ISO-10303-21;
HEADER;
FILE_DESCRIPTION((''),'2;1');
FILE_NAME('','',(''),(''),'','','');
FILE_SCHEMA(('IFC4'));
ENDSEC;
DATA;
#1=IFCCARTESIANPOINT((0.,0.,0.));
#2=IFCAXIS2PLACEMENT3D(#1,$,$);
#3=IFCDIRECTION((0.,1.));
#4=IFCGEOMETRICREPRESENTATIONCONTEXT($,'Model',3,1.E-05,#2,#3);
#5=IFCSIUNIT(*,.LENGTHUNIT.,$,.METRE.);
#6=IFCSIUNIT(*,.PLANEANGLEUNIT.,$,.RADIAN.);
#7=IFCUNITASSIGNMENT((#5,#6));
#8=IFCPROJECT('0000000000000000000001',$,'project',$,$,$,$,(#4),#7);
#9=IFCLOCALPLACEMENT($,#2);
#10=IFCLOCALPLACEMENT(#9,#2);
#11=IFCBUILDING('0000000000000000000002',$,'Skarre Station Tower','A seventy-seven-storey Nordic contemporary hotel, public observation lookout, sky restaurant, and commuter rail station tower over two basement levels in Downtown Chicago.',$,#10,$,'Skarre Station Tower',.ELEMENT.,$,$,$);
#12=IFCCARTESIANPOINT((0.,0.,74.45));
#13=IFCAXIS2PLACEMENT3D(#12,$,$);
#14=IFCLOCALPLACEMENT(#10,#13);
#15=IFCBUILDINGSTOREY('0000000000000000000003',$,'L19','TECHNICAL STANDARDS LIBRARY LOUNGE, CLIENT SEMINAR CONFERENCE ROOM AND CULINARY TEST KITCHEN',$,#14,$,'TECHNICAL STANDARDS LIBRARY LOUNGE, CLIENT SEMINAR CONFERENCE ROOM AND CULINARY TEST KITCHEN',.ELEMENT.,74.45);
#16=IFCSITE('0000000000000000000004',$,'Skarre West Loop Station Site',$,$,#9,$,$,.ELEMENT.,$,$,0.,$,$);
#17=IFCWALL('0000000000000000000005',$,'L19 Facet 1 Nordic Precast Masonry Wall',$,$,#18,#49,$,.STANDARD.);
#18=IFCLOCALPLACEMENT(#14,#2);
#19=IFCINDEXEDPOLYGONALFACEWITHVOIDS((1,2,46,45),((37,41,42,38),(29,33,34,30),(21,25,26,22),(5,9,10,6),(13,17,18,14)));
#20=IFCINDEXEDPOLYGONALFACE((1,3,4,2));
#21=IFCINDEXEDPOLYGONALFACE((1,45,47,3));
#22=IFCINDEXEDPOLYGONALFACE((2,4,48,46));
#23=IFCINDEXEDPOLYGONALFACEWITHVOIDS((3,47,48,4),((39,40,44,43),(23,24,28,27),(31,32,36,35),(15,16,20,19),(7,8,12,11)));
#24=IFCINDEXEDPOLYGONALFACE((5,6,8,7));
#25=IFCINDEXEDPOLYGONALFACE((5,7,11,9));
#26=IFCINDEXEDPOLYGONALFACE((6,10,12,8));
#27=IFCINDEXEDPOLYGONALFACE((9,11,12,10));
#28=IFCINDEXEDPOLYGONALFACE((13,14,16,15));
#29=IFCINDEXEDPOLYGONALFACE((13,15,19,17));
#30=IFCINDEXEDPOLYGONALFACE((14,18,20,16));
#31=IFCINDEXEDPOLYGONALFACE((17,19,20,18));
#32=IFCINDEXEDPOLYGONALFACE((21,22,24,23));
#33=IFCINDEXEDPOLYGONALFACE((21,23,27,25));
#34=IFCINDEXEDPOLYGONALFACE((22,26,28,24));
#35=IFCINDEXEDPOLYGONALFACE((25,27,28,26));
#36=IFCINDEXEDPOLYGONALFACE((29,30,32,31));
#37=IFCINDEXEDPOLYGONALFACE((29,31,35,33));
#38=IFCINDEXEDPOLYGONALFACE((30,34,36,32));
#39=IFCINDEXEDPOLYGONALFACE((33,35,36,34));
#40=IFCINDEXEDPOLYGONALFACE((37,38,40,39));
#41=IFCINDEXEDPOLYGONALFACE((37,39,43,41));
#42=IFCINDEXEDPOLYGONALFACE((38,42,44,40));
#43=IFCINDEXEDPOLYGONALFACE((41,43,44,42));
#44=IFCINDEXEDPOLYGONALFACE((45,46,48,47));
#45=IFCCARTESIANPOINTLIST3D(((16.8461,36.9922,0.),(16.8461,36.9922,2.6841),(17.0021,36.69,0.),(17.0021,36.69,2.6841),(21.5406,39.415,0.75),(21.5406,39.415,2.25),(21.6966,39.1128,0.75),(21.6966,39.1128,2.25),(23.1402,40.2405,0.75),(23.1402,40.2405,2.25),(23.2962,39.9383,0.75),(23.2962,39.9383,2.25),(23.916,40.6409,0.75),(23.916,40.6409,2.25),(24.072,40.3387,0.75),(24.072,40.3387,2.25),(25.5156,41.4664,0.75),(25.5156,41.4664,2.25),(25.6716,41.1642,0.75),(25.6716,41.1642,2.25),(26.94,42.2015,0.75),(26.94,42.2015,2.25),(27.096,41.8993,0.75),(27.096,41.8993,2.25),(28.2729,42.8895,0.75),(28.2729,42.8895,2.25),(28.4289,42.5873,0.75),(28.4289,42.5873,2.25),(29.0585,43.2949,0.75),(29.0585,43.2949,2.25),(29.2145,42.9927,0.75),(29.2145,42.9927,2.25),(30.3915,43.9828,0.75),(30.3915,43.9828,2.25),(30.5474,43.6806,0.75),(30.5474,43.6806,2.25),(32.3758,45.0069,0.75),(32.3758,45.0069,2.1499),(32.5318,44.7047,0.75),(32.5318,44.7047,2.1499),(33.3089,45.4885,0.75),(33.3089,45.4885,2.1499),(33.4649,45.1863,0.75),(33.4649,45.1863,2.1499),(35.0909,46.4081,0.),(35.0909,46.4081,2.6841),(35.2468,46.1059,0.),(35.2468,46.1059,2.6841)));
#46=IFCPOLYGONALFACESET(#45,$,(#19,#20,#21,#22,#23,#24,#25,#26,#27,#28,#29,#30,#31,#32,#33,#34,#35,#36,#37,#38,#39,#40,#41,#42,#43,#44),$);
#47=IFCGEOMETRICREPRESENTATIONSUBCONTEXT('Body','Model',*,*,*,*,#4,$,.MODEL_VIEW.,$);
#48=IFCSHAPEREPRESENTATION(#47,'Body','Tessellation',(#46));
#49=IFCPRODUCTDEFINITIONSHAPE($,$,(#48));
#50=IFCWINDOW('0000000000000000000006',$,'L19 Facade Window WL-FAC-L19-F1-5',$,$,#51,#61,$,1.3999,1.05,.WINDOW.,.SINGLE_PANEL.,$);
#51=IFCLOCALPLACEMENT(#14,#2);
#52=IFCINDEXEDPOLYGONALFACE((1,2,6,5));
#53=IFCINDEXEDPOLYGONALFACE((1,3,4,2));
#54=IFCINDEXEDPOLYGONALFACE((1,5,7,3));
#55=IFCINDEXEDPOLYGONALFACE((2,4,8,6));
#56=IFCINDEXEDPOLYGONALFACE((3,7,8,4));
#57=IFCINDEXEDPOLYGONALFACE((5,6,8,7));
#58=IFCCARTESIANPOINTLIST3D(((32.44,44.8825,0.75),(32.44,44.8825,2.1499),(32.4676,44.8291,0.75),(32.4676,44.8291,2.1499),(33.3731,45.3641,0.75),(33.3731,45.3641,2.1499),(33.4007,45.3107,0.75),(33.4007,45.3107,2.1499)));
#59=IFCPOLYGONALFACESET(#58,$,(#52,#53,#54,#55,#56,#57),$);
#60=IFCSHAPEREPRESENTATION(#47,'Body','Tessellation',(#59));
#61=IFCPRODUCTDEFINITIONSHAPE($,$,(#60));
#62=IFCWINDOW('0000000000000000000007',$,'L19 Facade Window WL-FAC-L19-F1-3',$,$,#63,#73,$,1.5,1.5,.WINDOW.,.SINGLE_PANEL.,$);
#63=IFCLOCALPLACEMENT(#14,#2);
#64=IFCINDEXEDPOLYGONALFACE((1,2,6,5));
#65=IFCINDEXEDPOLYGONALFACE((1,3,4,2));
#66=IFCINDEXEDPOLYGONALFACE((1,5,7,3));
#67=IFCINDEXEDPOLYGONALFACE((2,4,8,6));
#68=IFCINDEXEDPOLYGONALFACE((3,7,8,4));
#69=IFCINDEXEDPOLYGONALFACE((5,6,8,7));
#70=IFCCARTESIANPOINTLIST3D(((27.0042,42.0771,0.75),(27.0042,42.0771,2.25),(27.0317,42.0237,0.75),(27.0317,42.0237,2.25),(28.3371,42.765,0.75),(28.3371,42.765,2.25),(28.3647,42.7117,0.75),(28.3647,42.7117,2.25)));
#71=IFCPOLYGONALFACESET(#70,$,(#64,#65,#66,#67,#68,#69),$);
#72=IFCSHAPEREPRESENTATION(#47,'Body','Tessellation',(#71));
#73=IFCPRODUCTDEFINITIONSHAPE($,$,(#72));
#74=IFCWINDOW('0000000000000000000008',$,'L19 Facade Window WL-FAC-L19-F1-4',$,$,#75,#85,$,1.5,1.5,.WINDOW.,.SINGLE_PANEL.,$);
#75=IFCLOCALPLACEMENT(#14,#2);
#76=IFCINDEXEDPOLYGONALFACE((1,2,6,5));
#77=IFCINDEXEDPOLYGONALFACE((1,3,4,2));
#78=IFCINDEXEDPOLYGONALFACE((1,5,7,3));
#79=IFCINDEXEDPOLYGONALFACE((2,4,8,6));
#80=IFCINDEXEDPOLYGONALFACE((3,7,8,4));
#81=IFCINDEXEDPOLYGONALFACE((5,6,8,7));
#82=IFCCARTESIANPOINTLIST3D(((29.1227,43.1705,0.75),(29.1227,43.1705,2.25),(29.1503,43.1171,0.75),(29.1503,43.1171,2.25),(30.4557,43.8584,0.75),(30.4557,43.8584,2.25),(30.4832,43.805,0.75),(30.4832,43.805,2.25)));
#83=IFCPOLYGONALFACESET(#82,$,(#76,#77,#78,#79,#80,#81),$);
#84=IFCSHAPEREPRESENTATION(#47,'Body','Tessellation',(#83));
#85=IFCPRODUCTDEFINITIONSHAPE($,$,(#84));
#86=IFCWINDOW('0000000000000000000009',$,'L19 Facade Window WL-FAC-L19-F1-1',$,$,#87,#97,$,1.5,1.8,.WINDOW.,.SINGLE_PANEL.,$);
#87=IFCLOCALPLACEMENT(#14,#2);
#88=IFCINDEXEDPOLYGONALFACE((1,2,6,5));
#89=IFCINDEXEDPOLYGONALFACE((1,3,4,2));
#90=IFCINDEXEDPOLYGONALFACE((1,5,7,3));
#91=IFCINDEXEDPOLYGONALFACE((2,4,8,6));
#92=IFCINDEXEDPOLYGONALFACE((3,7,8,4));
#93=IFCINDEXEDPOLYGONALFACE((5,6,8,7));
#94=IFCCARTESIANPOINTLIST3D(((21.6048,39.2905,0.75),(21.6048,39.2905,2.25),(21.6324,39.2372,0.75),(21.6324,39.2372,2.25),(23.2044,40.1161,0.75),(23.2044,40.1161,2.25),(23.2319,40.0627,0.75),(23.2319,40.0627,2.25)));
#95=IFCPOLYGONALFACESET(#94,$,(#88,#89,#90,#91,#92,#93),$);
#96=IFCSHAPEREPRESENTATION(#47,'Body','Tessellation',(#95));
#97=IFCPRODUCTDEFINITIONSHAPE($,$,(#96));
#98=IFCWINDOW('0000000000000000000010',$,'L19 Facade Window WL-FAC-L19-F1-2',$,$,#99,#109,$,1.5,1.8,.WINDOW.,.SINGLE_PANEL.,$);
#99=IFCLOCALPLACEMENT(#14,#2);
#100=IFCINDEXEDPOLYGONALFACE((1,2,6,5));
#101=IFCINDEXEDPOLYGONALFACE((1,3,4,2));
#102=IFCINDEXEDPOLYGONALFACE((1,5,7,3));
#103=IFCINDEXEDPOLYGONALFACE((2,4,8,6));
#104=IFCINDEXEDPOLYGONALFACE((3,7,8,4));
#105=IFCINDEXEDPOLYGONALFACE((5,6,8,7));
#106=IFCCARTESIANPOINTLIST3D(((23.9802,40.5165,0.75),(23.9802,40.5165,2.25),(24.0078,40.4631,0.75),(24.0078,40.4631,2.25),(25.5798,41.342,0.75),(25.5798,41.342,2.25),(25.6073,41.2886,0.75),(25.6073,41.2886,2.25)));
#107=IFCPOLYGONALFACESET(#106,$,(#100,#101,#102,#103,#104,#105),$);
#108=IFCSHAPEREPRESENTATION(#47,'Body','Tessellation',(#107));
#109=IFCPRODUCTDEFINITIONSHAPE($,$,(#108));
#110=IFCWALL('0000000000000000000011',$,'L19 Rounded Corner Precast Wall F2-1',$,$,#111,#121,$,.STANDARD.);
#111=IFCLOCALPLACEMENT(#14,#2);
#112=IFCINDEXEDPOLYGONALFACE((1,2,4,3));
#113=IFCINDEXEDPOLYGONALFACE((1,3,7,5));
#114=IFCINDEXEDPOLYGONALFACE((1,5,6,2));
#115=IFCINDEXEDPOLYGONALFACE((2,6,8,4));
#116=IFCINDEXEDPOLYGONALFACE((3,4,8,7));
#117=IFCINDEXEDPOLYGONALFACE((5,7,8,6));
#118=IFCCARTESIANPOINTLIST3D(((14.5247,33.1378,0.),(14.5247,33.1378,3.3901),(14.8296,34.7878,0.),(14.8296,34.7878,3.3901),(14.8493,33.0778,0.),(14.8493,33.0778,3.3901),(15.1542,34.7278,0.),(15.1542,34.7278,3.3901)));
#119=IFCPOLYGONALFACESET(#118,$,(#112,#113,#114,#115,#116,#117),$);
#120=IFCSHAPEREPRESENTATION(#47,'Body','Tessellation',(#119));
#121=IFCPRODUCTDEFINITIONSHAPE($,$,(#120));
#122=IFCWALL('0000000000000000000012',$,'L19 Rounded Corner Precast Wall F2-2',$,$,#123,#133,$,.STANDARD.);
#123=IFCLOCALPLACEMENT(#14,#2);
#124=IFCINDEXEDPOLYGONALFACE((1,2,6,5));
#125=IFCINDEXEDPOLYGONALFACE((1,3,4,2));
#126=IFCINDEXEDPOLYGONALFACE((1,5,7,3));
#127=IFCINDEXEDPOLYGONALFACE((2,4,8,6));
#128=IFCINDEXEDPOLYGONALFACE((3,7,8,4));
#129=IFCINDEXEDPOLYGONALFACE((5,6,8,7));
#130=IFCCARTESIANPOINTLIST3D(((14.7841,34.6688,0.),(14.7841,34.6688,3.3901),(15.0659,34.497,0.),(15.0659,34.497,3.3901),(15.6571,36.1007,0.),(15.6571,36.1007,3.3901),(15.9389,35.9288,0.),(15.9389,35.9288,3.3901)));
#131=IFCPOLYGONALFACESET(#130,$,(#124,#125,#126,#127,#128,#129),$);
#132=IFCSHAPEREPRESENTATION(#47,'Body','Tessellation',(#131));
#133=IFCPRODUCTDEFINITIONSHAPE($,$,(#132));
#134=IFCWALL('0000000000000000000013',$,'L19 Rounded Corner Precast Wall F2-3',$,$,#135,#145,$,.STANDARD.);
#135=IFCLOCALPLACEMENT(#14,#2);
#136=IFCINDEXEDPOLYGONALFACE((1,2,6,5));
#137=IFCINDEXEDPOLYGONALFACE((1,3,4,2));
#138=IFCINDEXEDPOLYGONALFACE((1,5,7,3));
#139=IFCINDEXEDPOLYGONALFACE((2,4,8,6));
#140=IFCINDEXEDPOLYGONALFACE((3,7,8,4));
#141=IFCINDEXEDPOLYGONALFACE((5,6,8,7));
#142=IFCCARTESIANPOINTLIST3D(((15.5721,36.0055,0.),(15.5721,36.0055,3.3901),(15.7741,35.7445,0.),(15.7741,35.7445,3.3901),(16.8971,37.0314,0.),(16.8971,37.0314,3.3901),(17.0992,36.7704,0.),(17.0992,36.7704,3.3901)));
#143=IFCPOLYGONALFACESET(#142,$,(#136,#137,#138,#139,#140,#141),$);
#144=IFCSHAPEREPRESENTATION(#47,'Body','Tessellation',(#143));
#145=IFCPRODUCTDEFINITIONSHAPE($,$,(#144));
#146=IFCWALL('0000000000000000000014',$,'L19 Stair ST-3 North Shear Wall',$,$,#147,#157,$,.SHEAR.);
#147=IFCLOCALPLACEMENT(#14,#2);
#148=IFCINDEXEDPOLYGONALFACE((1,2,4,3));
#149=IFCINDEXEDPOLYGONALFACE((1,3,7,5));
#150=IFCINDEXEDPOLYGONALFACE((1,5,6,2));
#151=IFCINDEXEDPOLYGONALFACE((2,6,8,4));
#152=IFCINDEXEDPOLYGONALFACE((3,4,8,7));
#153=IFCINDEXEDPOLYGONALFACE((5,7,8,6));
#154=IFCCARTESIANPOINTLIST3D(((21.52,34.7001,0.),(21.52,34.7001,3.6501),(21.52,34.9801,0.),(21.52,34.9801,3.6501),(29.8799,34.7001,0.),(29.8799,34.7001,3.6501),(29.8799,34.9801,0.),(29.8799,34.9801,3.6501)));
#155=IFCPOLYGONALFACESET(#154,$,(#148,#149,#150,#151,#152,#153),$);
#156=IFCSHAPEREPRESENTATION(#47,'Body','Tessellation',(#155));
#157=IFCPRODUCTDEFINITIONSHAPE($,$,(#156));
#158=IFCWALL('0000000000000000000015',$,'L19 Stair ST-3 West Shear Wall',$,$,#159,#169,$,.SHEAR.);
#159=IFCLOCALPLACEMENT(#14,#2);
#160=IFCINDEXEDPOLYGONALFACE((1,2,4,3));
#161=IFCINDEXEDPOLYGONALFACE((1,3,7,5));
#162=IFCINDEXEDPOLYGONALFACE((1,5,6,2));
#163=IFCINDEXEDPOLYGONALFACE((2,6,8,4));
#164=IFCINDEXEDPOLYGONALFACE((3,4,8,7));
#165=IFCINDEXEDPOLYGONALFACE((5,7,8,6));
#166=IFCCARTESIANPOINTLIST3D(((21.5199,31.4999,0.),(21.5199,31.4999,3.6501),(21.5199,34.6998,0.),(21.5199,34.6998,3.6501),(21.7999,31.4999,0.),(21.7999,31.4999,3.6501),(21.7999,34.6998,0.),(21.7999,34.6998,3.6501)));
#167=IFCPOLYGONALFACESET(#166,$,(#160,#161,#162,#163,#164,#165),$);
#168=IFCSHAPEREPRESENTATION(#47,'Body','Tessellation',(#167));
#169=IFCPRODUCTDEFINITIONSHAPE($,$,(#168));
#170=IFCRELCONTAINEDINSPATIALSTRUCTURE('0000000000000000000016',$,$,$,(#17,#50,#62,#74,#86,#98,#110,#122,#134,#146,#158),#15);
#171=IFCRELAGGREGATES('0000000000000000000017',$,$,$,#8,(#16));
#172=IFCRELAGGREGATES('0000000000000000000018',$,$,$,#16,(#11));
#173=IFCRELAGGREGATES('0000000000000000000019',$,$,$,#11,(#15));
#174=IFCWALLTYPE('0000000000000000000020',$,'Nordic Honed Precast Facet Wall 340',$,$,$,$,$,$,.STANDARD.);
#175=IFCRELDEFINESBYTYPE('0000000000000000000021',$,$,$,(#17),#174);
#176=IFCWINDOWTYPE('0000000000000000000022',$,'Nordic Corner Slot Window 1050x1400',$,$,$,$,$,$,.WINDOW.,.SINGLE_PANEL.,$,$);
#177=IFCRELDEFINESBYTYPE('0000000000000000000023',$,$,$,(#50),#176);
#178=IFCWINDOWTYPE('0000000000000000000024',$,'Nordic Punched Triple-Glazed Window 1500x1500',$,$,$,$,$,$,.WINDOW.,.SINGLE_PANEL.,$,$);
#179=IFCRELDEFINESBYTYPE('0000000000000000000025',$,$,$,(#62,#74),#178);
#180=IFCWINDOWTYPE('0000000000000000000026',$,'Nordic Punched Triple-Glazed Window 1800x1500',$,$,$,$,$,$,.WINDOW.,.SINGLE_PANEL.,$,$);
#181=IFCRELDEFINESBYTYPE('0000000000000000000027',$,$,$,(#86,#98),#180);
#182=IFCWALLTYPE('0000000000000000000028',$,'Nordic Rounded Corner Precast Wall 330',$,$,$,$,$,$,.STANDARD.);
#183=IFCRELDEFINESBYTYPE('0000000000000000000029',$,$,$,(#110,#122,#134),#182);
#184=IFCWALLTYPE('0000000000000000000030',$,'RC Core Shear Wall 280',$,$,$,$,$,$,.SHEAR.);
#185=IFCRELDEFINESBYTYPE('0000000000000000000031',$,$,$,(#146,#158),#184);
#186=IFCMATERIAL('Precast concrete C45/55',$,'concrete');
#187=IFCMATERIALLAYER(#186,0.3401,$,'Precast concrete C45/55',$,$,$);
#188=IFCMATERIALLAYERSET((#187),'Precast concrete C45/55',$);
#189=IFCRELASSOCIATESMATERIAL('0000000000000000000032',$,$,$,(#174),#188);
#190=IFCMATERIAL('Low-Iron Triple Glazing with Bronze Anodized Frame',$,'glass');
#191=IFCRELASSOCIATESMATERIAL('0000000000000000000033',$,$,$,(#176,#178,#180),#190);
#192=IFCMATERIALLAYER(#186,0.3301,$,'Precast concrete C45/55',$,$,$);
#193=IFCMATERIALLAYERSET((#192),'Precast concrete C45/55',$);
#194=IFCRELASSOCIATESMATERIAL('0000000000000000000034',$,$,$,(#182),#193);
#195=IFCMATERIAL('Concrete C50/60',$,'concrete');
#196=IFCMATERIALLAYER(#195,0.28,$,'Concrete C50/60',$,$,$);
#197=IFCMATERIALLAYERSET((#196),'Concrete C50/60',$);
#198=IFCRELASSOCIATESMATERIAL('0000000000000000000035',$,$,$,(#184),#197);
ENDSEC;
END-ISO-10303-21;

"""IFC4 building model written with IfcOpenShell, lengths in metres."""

from ifc_helpers import new_model, si_unit, direction, frame, frame_2d, origin, place, context, subcontext, project, spatial, rectangle, extrude, material, layer, layer_set, type_object, element, fill, save


model = new_model("IFC4")

# Units and contexts
model_context = context("Model", 3, precision=1e-05, world=origin(), true_north=direction((0.0, 1.0)))
body_context = subcontext(model_context, "Body", "Model", "MODEL_VIEW")
ifc_project = project(units=[si_unit("LENGTHUNIT", "METRE"), si_unit("PLANEANGLEUNIT", "RADIAN")], contexts=[model_context])

# Site, building, storey
site_placement = place(None, origin())
site = spatial("IfcSite", under=ifc_project, at=site_placement, Name="Skarre West Loop Station Site", CompositionType="ELEMENT", RefElevation=0.0)
building_placement = place(site_placement, origin())
building = spatial("IfcBuilding", under=site, at=building_placement, Name="Skarre Station Tower", Description="A seventy-seven-storey Nordic contemporary hotel, public observation lookout, sky restaurant, and commuter rail station tower over two basement levels in Downtown Chicago.", LongName="Skarre Station Tower", CompositionType="ELEMENT")
storey_placement = place(building_placement, frame((0.0, 0.0, 74.45)))
storey = spatial("IfcBuildingStorey", under=building, at=storey_placement, Name="L19", Description="TECHNICAL STANDARDS LIBRARY LOUNGE, CLIENT SEMINAR CONFERENCE ROOM AND CULINARY TEST KITCHEN", LongName="TECHNICAL STANDARDS LIBRARY LOUNGE, CLIENT SEMINAR CONFERENCE ROOM AND CULINARY TEST KITCHEN", CompositionType="ELEMENT", Elevation=74.45)

# Wall, openings, windows
ifc_material_1 = material(Name="Precast concrete C45/55", Category="concrete")
ifc_layer_1 = layer(ifc_material_1, 0.3401, Name="Precast concrete C45/55")
ifc_layer_set_1 = layer_set([ifc_layer_1], Name="Precast concrete C45/55")
wall_type_1 = type_object("IfcWallType", Name="Nordic Honed Precast Facet Wall 340", PredefinedType="STANDARD", material=ifc_layer_set_1)
wall_1_placement = place(storey_placement, frame((16.9241, 36.8411, 0.0), z_axis=(0.0, 0.0, 1.0), x_axis=(0.888634, 0.458616, 0.0)))
wall_1 = element("IfcWall", 1, at=wall_1_placement, inside=storey, type_object=wall_type_1, Name="L19 Facet 1 Nordic Precast Masonry Wall", PredefinedType="STANDARD", context=body_context, shape_type="SweptSolid", body=[
    extrude(rectangle(XDim=20.5312, YDim=0.3401, at=frame_2d((10.2656, 0.0))), origin(), (0.0, 0.0, 1.0), 2.6841),
])
opening_1_placement = place(wall_1_placement, frame((5.283, 0.0, 0.75)))
opening_1 = element("IfcOpeningElement", 2, at=opening_1_placement, cuts=wall_1, PredefinedType="OPENING", context=body_context, shape_type="SweptSolid", body=[
    extrude(rectangle(XDim=1.8, YDim=1.5, at=frame_2d((0.8999, 0.75))), frame((0.0, 0.1799, 0.0), z_axis=(0.0, -1.0, 0.0), x_axis=(1.0, 0.0, 0.0)), (0.0, 0.0, 1.0), 0.3601),
])
opening_2_placement = place(wall_1_placement, frame((7.9561, 0.0, 0.75)))
opening_2 = element("IfcOpeningElement", 3, at=opening_2_placement, cuts=wall_1, PredefinedType="OPENING", context=body_context, shape_type="SweptSolid", body=[
    extrude(rectangle(XDim=1.8, YDim=1.5, at=frame_2d((0.8999, 0.75))), frame((0.0, 0.1799, 0.0), z_axis=(0.0, -1.0, 0.0), x_axis=(1.0, 0.0, 0.0)), (0.0, 0.0, 1.0), 0.3601),
])
opening_3_placement = place(wall_1_placement, frame((11.3589, 0.0, 0.75)))
opening_3 = element("IfcOpeningElement", 4, at=opening_3_placement, cuts=wall_1, PredefinedType="OPENING", context=body_context, shape_type="SweptSolid", body=[
    extrude(rectangle(XDim=1.5, YDim=1.5, at=frame_2d((0.75, 0.75))), frame((0.0, 0.1799, 0.0), z_axis=(0.0, -1.0, 0.0), x_axis=(1.0, 0.0, 0.0)), (0.0, 0.0, 1.0), 0.3601),
])
opening_4_placement = place(wall_1_placement, frame((13.7429, 0.0, 0.75)))
opening_4 = element("IfcOpeningElement", 5, at=opening_4_placement, cuts=wall_1, PredefinedType="OPENING", context=body_context, shape_type="SweptSolid", body=[
    extrude(rectangle(XDim=1.5, YDim=1.5, at=frame_2d((0.75, 0.75))), frame((0.0, 0.1799, 0.0), z_axis=(0.0, -1.0, 0.0), x_axis=(1.0, 0.0, 0.0)), (0.0, 0.0, 1.0), 0.3601),
])
opening_5_placement = place(wall_1_placement, frame((17.4761, 0.0, 0.75)))
opening_5 = element("IfcOpeningElement", 6, at=opening_5_placement, cuts=wall_1, PredefinedType="OPENING", context=body_context, shape_type="SweptSolid", body=[
    extrude(rectangle(XDim=1.05, YDim=1.3999, at=frame_2d((0.5249, 0.7))), frame((0.0, 0.1799, 0.0), z_axis=(0.0, -1.0, 0.0), x_axis=(1.0, 0.0, 0.0)), (0.0, 0.0, 1.0), 0.3601),
])
ifc_material_2 = material(Name="Low-Iron Triple Glazing with Bronze Anodized Frame", Category="glass")
window_type_1 = type_object("IfcWindowType", Name="Nordic Corner Slot Window 1050x1400", PartitioningType="SINGLE_PANEL", PredefinedType="WINDOW", material=ifc_material_2)
window_1_placement = place(opening_5_placement, origin())
window_1 = element("IfcWindow", 7, at=window_1_placement, inside=storey, type_object=window_type_1, Name="L19 Facade Window WL-FAC-L19-F1-5", OverallHeight=1.3999, OverallWidth=1.05, PartitioningType="SINGLE_PANEL", PredefinedType="WINDOW", context=body_context, shape_type="SweptSolid", body=[
    extrude(rectangle(XDim=1.05, YDim=1.3999, at=frame_2d((0.5249, 0.7))), frame((0.0, 0.03, 0.0), z_axis=(0.0, -1.0, 0.0), x_axis=(1.0, 0.0, 0.0)), (0.0, 0.0, 1.0), 0.0601),
])
fill(opening_5, window_1)
window_type_2 = type_object("IfcWindowType", Name="Nordic Punched Triple-Glazed Window 1500x1500", PartitioningType="SINGLE_PANEL", PredefinedType="WINDOW", material=ifc_material_2)
window_2_placement = place(opening_3_placement, origin())
window_2 = element("IfcWindow", 8, at=window_2_placement, inside=storey, type_object=window_type_2, Name="L19 Facade Window WL-FAC-L19-F1-3", OverallHeight=1.5, OverallWidth=1.5, PartitioningType="SINGLE_PANEL", PredefinedType="WINDOW", context=body_context, shape_type="SweptSolid", body=[
    extrude(rectangle(XDim=1.5, YDim=1.5, at=frame_2d((0.75, 0.75))), frame((0.0, 0.03, 0.0), z_axis=(0.0, -1.0, 0.0), x_axis=(1.0, 0.0, 0.0)), (0.0, 0.0, 1.0), 0.0601),
])
fill(opening_3, window_2)
window_3_placement = place(opening_4_placement, origin())
window_3 = element("IfcWindow", 9, at=window_3_placement, inside=storey, type_object=window_type_2, Name="L19 Facade Window WL-FAC-L19-F1-4", OverallHeight=1.5, OverallWidth=1.5, PartitioningType="SINGLE_PANEL", PredefinedType="WINDOW", context=body_context, shape_type="SweptSolid", body=[
    extrude(rectangle(XDim=1.5, YDim=1.5, at=frame_2d((0.75, 0.75))), frame((0.0, 0.03, 0.0), z_axis=(0.0, -1.0, 0.0), x_axis=(1.0, 0.0, 0.0)), (0.0, 0.0, 1.0), 0.0601),
])
fill(opening_4, window_3)
window_type_3 = type_object("IfcWindowType", Name="Nordic Punched Triple-Glazed Window 1800x1500", PartitioningType="SINGLE_PANEL", PredefinedType="WINDOW", material=ifc_material_2)
window_4_placement = place(opening_1_placement, origin())
window_4 = element("IfcWindow", 10, at=window_4_placement, inside=storey, type_object=window_type_3, Name="L19 Facade Window WL-FAC-L19-F1-1", OverallHeight=1.5, OverallWidth=1.8, PartitioningType="SINGLE_PANEL", PredefinedType="WINDOW", context=body_context, shape_type="SweptSolid", body=[
    extrude(rectangle(XDim=1.8, YDim=1.5, at=frame_2d((0.8999, 0.75))), frame((0.0, 0.03, 0.0), z_axis=(0.0, -1.0, 0.0), x_axis=(1.0, 0.0, 0.0)), (0.0, 0.0, 1.0), 0.0601),
])
fill(opening_1, window_4)
window_5_placement = place(opening_2_placement, origin())
window_5 = element("IfcWindow", 11, at=window_5_placement, inside=storey, type_object=window_type_3, Name="L19 Facade Window WL-FAC-L19-F1-2", OverallHeight=1.5, OverallWidth=1.8, PartitioningType="SINGLE_PANEL", PredefinedType="WINDOW", context=body_context, shape_type="SweptSolid", body=[
    extrude(rectangle(XDim=1.8, YDim=1.5, at=frame_2d((0.8999, 0.75))), frame((0.0, 0.03, 0.0), z_axis=(0.0, -1.0, 0.0), x_axis=(1.0, 0.0, 0.0)), (0.0, 0.0, 1.0), 0.0601),
])
fill(opening_2, window_5)

# Walls
ifc_layer_2 = layer(ifc_material_1, 0.3301, Name="Precast concrete C45/55")
ifc_layer_set_2 = layer_set([ifc_layer_2], Name="Precast concrete C45/55")
wall_type_2 = type_object("IfcWallType", Name="Nordic Rounded Corner Precast Wall 330", PredefinedType="STANDARD", material=ifc_layer_set_2)
wall_2_placement = place(storey_placement, frame((14.687, 33.1079, 0.0), z_axis=(0.0, 0.0, 1.0), x_axis=(0.181714, 0.983351, 0.0)))
element("IfcWall", 12, at=wall_2_placement, inside=storey, type_object=wall_type_2, Name="L19 Rounded Corner Precast Wall F2-1", PredefinedType="STANDARD", context=body_context, shape_type="SweptSolid", body=[
    extrude(rectangle(XDim=1.678, YDim=0.3301, at=frame_2d((0.8389, 0.0))), origin(), (0.0, 0.0, 1.0), 3.3901),
])
wall_3_placement = place(storey_placement, frame((14.925, 34.583, 0.0), z_axis=(0.0, 0.0, 1.0), x_axis=(0.520584, 0.85381, 0.0)))
element("IfcWall", 13, at=wall_3_placement, inside=storey, type_object=wall_type_2, Name="L19 Rounded Corner Precast Wall F2-2", PredefinedType="STANDARD", context=body_context, shape_type="SweptSolid", body=[
    extrude(rectangle(XDim=1.677, YDim=0.3301, at=frame_2d((0.8384, 0.0))), origin(), (0.0, 0.0, 1.0), 3.3901),
])
wall_4_placement = place(storey_placement, frame((15.6731, 35.875, 0.0), z_axis=(0.0, 0.0, 1.0), x_axis=(0.790692, 0.612214, 0.0)))
element("IfcWall", 14, at=wall_4_placement, inside=storey, type_object=wall_type_2, Name="L19 Rounded Corner Precast Wall F2-3", PredefinedType="STANDARD", context=body_context, shape_type="SweptSolid", body=[
    extrude(rectangle(XDim=1.6758, YDim=0.3301, at=frame_2d((0.8379, 0.0))), origin(), (0.0, 0.0, 1.0), 3.3901),
])
ifc_material_3 = material(Name="Concrete C50/60", Category="concrete")
ifc_layer_3 = layer(ifc_material_3, 0.28, Name="Concrete C50/60")
ifc_layer_set_3 = layer_set([ifc_layer_3], Name="Concrete C50/60")
wall_type_3 = type_object("IfcWallType", Name="RC Core Shear Wall 280", PredefinedType="SHEAR", material=ifc_layer_set_3)
wall_5_placement = place(storey_placement, frame((29.8799, 34.8401, 0.0), z_axis=(0.0, 0.0, 1.0), x_axis=(-1.0, 0.0, 0.0)))
element("IfcWall", 15, at=wall_5_placement, inside=storey, type_object=wall_type_3, Name="L19 Stair ST-3 North Shear Wall", PredefinedType="SHEAR", context=body_context, shape_type="SweptSolid", body=[
    extrude(rectangle(XDim=8.3599, YDim=0.28, at=frame_2d((4.1799, 0.0))), origin(), (0.0, 0.0, 1.0), 3.6501),
])
wall_6_placement = place(storey_placement, frame((21.6599, 34.7, 0.0), z_axis=(0.0, 0.0, 1.0), x_axis=(0.0, -1.0, 0.0)))
element("IfcWall", 16, at=wall_6_placement, inside=storey, type_object=wall_type_3, Name="L19 Stair ST-3 West Shear Wall", PredefinedType="SHEAR", context=body_context, shape_type="SweptSolid", body=[
    extrude(rectangle(XDim=3.2, YDim=0.28, at=frame_2d((1.6001, 0.0))), origin(), (0.0, 0.0, 1.0), 3.6501),
])

save(model, "model.ifc")
